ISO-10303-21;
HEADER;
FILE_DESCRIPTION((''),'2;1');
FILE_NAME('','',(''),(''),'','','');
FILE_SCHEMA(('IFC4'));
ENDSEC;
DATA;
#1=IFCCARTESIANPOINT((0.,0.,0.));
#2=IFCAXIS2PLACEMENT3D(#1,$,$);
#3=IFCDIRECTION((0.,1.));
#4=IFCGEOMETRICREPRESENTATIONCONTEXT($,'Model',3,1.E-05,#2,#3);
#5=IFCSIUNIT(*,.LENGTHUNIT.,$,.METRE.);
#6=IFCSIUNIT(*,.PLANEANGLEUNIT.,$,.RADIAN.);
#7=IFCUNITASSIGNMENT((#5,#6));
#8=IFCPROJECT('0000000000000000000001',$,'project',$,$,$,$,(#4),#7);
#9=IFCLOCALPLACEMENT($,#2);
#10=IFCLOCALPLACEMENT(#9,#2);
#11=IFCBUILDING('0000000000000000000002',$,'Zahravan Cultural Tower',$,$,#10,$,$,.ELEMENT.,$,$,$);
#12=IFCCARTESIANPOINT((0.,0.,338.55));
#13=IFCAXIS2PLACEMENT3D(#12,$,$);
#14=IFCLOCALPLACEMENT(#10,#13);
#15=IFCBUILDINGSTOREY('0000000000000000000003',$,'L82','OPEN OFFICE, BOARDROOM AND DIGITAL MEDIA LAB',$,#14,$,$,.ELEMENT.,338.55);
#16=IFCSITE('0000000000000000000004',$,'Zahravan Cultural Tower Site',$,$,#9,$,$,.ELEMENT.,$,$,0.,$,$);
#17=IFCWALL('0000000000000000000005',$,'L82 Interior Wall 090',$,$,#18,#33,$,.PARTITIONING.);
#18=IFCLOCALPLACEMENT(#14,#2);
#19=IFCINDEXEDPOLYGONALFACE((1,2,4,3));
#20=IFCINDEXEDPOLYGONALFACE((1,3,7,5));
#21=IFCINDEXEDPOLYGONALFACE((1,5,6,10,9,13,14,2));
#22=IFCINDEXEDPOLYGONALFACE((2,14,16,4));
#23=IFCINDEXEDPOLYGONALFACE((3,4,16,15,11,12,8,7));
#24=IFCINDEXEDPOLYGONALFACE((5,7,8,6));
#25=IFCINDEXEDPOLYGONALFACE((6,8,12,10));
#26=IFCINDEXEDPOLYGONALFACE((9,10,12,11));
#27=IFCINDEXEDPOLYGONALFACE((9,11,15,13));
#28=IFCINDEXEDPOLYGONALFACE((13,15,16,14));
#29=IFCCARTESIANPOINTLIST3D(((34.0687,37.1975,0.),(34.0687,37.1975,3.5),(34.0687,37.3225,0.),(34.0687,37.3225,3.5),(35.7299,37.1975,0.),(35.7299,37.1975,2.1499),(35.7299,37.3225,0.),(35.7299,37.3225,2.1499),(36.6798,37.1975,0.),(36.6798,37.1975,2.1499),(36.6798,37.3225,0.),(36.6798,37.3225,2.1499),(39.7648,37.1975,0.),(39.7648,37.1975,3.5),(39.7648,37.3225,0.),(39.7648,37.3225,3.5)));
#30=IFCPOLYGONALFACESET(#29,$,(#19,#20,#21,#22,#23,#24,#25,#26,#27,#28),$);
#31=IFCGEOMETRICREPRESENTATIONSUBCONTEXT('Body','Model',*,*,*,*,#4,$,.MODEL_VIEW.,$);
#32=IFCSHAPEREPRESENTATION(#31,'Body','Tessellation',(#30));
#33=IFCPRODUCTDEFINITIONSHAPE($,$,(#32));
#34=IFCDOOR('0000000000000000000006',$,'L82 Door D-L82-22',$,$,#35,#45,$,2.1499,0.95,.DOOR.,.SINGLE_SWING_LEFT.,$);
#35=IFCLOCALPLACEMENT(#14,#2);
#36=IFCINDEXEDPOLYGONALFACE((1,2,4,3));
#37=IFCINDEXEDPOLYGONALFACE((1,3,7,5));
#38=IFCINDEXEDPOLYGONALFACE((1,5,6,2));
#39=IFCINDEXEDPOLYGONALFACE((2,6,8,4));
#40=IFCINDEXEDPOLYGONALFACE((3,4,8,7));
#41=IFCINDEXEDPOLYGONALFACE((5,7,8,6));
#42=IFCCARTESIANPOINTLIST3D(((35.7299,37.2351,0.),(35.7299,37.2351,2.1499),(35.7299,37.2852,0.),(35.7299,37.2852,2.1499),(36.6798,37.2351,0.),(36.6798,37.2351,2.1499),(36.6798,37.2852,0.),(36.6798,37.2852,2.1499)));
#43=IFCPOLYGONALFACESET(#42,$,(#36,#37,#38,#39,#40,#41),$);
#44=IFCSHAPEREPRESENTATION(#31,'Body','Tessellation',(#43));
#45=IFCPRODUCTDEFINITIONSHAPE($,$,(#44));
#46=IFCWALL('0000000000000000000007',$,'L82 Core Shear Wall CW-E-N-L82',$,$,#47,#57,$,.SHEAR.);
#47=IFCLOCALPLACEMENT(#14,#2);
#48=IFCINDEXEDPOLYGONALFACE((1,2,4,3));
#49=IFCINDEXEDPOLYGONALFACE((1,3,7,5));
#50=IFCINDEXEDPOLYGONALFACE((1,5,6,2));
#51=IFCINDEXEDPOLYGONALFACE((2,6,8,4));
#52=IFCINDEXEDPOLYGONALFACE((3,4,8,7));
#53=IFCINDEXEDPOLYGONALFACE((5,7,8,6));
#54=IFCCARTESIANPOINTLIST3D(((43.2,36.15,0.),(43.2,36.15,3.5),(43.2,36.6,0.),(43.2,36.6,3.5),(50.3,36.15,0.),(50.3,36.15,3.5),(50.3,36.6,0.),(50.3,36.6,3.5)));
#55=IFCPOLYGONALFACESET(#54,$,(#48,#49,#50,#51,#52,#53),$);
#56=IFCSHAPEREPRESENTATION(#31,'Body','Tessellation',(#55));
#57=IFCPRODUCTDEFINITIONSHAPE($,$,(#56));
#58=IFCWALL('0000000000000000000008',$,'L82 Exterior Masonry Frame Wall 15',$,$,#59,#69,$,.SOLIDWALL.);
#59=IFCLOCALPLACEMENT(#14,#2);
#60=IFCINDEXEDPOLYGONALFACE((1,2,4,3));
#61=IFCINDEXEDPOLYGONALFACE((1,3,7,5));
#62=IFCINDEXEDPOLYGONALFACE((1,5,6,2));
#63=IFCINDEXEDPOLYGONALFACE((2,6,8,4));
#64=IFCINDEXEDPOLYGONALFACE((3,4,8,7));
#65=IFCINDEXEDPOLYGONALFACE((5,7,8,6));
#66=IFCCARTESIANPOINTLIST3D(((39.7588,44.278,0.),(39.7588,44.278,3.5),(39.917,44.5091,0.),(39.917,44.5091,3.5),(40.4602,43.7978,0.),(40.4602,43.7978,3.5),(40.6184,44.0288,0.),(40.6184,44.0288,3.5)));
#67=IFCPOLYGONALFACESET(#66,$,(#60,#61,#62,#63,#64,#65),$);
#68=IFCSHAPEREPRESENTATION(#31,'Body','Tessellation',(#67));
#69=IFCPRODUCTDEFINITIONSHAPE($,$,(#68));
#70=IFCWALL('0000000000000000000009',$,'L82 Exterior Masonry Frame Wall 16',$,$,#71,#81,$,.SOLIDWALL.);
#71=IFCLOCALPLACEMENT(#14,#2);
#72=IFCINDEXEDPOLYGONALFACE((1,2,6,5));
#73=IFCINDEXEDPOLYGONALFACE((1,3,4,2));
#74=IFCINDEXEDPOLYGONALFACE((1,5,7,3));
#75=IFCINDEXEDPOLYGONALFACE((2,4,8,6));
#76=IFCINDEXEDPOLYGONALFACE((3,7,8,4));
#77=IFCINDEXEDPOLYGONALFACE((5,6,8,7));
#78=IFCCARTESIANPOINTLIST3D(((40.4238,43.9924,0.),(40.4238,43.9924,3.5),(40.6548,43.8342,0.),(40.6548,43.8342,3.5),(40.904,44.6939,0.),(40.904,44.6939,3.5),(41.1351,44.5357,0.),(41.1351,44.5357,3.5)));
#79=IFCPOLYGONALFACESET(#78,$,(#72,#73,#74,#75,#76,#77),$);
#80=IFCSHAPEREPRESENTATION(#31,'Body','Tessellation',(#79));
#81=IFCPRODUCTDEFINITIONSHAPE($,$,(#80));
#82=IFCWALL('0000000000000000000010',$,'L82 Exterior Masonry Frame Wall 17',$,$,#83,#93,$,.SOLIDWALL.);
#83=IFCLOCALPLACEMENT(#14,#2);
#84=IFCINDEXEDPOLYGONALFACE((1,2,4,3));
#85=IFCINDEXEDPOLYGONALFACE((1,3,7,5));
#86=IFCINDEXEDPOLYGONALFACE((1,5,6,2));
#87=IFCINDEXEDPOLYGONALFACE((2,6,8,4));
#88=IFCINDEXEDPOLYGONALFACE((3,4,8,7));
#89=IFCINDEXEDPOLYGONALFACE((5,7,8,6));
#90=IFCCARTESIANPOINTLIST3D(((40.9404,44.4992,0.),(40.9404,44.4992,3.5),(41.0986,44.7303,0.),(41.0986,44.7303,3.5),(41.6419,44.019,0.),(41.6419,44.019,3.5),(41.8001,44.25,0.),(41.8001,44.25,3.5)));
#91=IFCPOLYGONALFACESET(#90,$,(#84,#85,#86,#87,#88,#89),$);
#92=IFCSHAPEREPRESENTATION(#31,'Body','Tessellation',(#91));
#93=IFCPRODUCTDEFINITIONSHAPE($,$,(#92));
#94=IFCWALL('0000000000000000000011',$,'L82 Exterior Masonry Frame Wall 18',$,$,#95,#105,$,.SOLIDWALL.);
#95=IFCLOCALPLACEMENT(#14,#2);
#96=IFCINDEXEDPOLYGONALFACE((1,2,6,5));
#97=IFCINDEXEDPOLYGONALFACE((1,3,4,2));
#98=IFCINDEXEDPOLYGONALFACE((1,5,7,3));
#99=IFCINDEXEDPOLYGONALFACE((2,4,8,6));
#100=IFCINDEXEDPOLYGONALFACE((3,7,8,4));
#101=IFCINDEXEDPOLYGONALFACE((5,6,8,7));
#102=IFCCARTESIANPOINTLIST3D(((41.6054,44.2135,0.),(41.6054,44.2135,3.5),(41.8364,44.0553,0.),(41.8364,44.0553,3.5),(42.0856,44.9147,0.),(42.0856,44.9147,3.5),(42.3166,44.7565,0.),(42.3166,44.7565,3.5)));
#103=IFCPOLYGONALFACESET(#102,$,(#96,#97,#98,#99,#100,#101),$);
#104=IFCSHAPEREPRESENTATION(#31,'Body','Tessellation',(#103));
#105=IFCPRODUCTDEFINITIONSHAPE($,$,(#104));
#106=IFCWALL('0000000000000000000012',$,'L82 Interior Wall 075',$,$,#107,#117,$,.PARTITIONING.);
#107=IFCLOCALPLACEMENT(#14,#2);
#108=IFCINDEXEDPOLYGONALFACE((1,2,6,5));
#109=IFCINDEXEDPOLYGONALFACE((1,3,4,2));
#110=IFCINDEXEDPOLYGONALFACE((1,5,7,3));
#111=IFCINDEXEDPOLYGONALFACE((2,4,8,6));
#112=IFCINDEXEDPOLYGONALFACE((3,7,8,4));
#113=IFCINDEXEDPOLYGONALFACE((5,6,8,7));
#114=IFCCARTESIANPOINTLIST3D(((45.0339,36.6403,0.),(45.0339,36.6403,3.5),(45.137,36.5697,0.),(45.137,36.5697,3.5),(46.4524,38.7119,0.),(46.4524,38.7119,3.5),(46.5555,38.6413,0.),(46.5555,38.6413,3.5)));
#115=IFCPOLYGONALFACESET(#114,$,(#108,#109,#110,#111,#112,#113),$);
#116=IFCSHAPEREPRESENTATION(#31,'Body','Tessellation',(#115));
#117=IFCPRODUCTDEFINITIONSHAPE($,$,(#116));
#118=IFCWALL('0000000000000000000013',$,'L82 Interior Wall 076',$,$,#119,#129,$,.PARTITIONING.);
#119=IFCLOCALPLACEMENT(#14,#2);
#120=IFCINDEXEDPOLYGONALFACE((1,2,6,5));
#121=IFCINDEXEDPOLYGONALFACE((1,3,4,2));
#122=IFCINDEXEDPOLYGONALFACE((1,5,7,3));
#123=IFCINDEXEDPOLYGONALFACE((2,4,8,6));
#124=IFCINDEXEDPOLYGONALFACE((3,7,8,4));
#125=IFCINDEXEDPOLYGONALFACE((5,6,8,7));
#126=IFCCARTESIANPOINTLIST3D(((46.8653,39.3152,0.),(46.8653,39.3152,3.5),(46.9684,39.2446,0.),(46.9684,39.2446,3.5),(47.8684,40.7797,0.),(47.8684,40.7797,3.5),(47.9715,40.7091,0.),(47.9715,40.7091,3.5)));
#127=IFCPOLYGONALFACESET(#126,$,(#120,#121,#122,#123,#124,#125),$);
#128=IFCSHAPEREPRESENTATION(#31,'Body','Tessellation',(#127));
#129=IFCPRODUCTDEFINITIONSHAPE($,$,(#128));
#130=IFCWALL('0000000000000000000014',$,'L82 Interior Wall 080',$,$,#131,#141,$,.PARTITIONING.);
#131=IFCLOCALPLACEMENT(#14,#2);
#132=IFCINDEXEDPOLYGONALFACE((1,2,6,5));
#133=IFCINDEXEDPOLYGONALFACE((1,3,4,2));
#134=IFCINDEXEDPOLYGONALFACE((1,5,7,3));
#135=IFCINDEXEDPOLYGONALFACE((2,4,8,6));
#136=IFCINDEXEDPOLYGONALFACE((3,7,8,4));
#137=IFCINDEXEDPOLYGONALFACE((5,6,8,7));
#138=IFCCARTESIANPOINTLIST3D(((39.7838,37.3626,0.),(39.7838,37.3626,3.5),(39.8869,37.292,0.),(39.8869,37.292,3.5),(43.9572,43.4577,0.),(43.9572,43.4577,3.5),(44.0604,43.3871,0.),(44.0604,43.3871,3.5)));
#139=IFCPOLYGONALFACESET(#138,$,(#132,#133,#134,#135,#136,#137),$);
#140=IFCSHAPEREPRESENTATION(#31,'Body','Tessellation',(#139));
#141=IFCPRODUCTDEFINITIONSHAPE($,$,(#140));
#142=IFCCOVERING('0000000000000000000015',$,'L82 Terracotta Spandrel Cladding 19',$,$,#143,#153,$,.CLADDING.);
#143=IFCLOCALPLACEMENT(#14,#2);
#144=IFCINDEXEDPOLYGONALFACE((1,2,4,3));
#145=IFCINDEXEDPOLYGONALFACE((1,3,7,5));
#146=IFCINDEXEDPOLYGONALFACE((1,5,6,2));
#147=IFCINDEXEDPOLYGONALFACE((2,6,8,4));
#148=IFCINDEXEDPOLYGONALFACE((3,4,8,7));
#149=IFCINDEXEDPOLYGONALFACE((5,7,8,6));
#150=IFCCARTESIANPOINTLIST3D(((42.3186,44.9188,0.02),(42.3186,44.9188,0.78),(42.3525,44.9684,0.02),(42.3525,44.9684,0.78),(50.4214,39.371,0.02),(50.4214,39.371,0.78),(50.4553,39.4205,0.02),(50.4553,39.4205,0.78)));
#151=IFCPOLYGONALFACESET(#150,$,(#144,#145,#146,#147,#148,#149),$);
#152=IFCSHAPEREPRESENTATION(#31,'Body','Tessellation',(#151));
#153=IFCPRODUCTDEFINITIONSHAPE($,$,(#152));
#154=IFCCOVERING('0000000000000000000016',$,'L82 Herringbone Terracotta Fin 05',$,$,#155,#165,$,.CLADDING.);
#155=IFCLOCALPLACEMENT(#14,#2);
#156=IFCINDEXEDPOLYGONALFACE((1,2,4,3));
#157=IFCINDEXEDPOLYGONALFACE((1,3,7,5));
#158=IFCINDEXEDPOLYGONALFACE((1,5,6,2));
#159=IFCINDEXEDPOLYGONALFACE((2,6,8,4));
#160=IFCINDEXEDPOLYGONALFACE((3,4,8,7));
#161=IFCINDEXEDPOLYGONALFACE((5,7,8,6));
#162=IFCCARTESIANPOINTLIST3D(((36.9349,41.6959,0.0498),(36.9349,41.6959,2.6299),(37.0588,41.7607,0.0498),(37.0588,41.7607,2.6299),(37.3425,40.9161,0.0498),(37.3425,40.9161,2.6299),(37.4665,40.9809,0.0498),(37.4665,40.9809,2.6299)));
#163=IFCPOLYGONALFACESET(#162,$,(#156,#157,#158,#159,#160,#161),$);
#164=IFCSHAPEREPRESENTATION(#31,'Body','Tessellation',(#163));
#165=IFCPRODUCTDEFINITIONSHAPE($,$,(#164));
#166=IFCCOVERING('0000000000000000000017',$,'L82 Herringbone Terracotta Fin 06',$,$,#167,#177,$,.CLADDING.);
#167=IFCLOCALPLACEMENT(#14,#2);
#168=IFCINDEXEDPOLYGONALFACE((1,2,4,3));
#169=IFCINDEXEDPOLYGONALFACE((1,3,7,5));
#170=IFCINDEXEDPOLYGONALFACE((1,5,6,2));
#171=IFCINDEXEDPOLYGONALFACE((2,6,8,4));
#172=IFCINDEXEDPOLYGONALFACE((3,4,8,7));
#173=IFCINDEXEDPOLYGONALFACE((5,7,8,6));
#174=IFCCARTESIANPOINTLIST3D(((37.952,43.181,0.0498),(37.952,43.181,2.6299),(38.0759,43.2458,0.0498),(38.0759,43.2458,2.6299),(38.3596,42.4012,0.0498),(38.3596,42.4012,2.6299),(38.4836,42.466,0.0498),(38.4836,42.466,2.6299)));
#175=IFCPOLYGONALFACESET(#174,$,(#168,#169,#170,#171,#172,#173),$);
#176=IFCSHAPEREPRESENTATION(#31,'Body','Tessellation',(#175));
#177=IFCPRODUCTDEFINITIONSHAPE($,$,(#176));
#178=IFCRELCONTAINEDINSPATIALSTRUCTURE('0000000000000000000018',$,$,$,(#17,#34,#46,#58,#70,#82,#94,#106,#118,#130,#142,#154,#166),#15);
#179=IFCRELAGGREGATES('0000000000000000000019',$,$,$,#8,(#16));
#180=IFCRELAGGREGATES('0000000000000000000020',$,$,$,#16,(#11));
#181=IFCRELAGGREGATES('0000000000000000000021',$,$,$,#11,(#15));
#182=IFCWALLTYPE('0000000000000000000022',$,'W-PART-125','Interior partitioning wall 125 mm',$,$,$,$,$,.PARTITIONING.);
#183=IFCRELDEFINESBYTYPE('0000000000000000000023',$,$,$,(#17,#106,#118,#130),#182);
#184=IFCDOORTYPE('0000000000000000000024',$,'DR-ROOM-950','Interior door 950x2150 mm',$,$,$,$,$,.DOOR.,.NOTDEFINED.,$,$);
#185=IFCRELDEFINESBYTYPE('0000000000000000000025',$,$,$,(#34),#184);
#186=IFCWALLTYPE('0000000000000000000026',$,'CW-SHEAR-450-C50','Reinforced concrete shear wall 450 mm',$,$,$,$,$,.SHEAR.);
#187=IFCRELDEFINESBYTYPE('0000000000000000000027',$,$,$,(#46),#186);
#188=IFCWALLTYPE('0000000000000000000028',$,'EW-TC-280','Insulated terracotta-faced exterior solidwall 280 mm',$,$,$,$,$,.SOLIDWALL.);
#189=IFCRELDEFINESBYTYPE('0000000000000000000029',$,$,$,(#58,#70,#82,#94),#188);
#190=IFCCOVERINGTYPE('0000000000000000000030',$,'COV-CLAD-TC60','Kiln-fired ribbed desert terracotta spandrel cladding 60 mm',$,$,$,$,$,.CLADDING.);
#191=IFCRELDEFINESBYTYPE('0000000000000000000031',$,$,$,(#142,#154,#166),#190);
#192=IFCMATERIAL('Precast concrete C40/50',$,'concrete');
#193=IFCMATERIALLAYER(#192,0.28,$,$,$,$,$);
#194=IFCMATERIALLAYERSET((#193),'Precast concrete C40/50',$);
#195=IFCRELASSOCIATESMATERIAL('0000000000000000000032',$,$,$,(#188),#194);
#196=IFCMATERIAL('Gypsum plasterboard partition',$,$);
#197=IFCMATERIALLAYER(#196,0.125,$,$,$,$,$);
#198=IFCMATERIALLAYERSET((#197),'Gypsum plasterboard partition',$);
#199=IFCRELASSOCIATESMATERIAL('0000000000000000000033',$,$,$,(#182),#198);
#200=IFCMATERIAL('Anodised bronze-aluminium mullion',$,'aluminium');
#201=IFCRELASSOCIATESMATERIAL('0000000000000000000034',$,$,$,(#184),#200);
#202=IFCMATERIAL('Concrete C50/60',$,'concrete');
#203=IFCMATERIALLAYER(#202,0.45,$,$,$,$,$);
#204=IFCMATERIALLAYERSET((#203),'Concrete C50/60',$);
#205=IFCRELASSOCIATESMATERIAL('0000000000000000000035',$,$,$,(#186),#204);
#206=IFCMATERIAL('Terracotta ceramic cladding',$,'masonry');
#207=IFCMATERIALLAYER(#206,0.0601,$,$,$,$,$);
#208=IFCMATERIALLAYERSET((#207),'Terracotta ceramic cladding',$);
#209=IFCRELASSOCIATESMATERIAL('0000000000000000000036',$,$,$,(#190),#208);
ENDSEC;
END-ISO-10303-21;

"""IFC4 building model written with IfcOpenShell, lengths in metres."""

from ifc_helpers import new_model, si_unit, direction, frame, frame_2d, origin, origin_2d, place, context, subcontext, project, spatial, rectangle, extrude, source, transform, mapped, material, layer, layer_set, type_object, element, fill, save


model = new_model("IFC4")

# Units and contexts
model_context = context("Model", 3, precision=1e-05, world=origin(), true_north=direction((0.0, 1.0)))
body_context = subcontext(model_context, "Body", "Model", "MODEL_VIEW")
ifc_project = project(units=[si_unit("LENGTHUNIT", "METRE"), si_unit("PLANEANGLEUNIT", "RADIAN")], contexts=[model_context])

# Site, building, storey
site_placement = place(None, origin())
site = spatial("IfcSite", under=ifc_project, at=site_placement, Name="Zahravan Cultural Tower Site", CompositionType="ELEMENT", RefElevation=0.0)
building_placement = place(site_placement, origin())
building = spatial("IfcBuilding", under=site, at=building_placement, Name="Zahravan Cultural Tower", CompositionType="ELEMENT")
storey_placement = place(building_placement, frame((0.0, 0.0, 338.55)))
storey = spatial("IfcBuildingStorey", under=building, at=storey_placement, Name="L82", Description="OPEN OFFICE, BOARDROOM AND DIGITAL MEDIA LAB", CompositionType="ELEMENT", Elevation=338.55)

# Shared definitions
ifc_material_1 = material(Name="Precast concrete C40/50", Category="concrete")
ifc_layer_1 = layer(ifc_material_1, 0.28)
ifc_layer_set_1 = layer_set([ifc_layer_1], Name="Precast concrete C40/50")
wall_type_1 = type_object("IfcWallType", Name="EW-TC-280", Description="Insulated terracotta-faced exterior solidwall 280 mm", PredefinedType="SOLIDWALL", material=ifc_layer_set_1)

# Wall, opening, door
ifc_material_2 = material(Name="Gypsum plasterboard partition")
ifc_layer_2 = layer(ifc_material_2, 0.125)
ifc_layer_set_2 = layer_set([ifc_layer_2], Name="Gypsum plasterboard partition")
wall_type_2 = type_object("IfcWallType", Name="W-PART-125", Description="Interior partitioning wall 125 mm", PredefinedType="PARTITIONING", material=ifc_layer_set_2)
ifc_material_3 = material(Name="Anodised bronze-aluminium mullion", Category="aluminium")
door_type = type_object("IfcDoorType", Name="DR-ROOM-950", Description="Interior door 950x2150 mm", OperationType="NOTDEFINED", PredefinedType="DOOR", material=ifc_material_3)
shared_shape_1 = source(origin(), body_context, "Body", "SweptSolid", [
    extrude(rectangle(XDim=0.95, YDim=2.1499, at=frame_2d((0.4751, 1.075))), frame((0.0, 0.0249, 0.0), z_axis=(0.0, -1.0, 0.0), x_axis=(1.0, 0.0, 0.0)), (0.0, 0.0, 1.0), 0.05),
])
wall_1_placement = place(storey_placement, frame((39.7649, 37.26, 0.0), z_axis=(0.0, 0.0, 1.0), x_axis=(-1.0, 0.0, 0.0)))
wall_1 = element("IfcWall", 1, at=wall_1_placement, inside=storey, type_object=wall_type_2, Name="L82 Interior Wall 090", PredefinedType="PARTITIONING", context=body_context, shape_type="SweptSolid", body=[
    extrude(rectangle(XDim=5.696, YDim=0.125, at=frame_2d((2.8481, 0.0))), origin(), (0.0, 0.0, 1.0), 3.5),
])
opening_1_placement = place(wall_1_placement, frame((3.085, 0.0, 0.0)))
opening_1 = element("IfcOpeningElement", 2, at=opening_1_placement, cuts=wall_1, PredefinedType="OPENING", context=body_context, shape_type="SweptSolid", body=[
    extrude(rectangle(XDim=0.95, YDim=2.1499, at=frame_2d((0.4751, 1.075))), frame((0.0, 0.0725, 0.0), z_axis=(0.0, -1.0, 0.0), x_axis=(1.0, 0.0, 0.0)), (0.0, 0.0, 1.0), 0.145),
])
door_1_placement = place(opening_1_placement, origin())
door_1 = element("IfcDoor", 3, at=door_1_placement, inside=storey, type_object=door_type, Name="L82 Door D-L82-22", OperationType="SINGLE_SWING_LEFT", OverallHeight=2.1499, OverallWidth=0.95, PredefinedType="DOOR", context=body_context, shape_type="MappedRepresentation", body=[
    mapped(shared_shape_1, transform((0.0, 0.0, 0.0), x_axis=(1.0, 0.0, 0.0), y_axis=(0.0, 1.0, 0.0), z_axis=(0.0, 0.0, 1.0), scale=1.0)),
])
fill(opening_1, door_1)

# Walls
ifc_material_4 = material(Name="Concrete C50/60", Category="concrete")
ifc_layer_3 = layer(ifc_material_4, 0.45)
ifc_layer_set_3 = layer_set([ifc_layer_3], Name="Concrete C50/60")
wall_type_3 = type_object("IfcWallType", Name="CW-SHEAR-450-C50", Description="Reinforced concrete shear wall 450 mm", PredefinedType="SHEAR", material=ifc_layer_set_3)
shared_shape_2 = source(origin(), body_context, "Body", "SweptSolid", [
    extrude(rectangle(XDim=7.1001, YDim=0.45, at=frame_2d((3.55, 0.0))), origin(), (0.0, 0.0, 1.0), 3.5),
])
wall_2_placement = place(storey_placement, frame((43.2, 36.375, 0.0), z_axis=(0.0, 0.0, 1.0), x_axis=(1.0, 0.0, 0.0)))
element("IfcWall", 4, at=wall_2_placement, inside=storey, type_object=wall_type_3, Name="L82 Core Shear Wall CW-E-N-L82", PredefinedType="SHEAR", context=body_context, shape_type="MappedRepresentation", body=[
    mapped(shared_shape_2, transform((0.0, 0.0, 0.0), x_axis=(1.0, 0.0, 0.0), y_axis=(0.0, 1.0, 0.0), z_axis=(0.0, 0.0, 1.0), scale=1.0)),
])
shared_shape_3 = source(origin(), body_context, "Body", "SweptSolid", [
    extrude(rectangle(XDim=0.8501, YDim=0.28, at=frame_2d((0.425, 0.0))), origin(), (0.0, 0.0, 1.0), 3.5),
])
for number, where, z_axis, x_axis, name in (
    (5, (39.8379, 44.3936, 0.0), (0.0, 0.0, 1.0), (0.825138, -0.564931, 0.0), "L82 Exterior Masonry Frame Wall 15"),
    (6, (40.5393, 43.9133, 0.0), (0.0, 0.0, 1.0), (0.564931, 0.825138, 0.0), "L82 Exterior Masonry Frame Wall 16"),
    (7, (41.0195, 44.6147, 0.0), (0.0, 0.0, 1.0), (0.825138, -0.564931, 0.0), "L82 Exterior Masonry Frame Wall 17"),
):
    element("IfcWall", number, at=place(storey_placement, frame(where, z_axis=z_axis, x_axis=x_axis)), inside=storey, type_object=wall_type_1, Name=name, PredefinedType="SOLIDWALL", context=body_context, shape_type="MappedRepresentation", body=[
        mapped(shared_shape_3, transform((0.0, 0.0, 0.0), x_axis=(1.0, 0.0, 0.0), y_axis=(0.0, 1.0, 0.0), z_axis=(0.0, 0.0, 1.0), scale=1.0)),
    ])
shared_shape_4 = source(origin(), body_context, "Body", "SweptSolid", [
    extrude(rectangle(XDim=0.8499, YDim=0.28, at=frame_2d((0.4248, 0.0))), origin(), (0.0, 0.0, 1.0), 3.5),
])
wall_3_placement = place(storey_placement, frame((41.7209, 44.1345, 0.0), z_axis=(0.0, 0.0, 1.0), x_axis=(0.565065, 0.825046, 0.0)))
element("IfcWall", 8, at=wall_3_placement, inside=storey, type_object=wall_type_1, Name="L82 Exterior Masonry Frame Wall 18", PredefinedType="SOLIDWALL", context=body_context, shape_type="MappedRepresentation", body=[
    mapped(shared_shape_4, transform((0.0, 0.0, 0.0), x_axis=(1.0, 0.0, 0.0), y_axis=(0.0, 1.0, 0.0), z_axis=(0.0, 0.0, 1.0), scale=1.0)),
])
shared_shape_5 = source(origin(), body_context, "Body", "SweptSolid", [
    extrude(rectangle(XDim=2.5107, YDim=0.125, at=frame_2d((1.2554, 0.0))), origin(), (0.0, 0.0, 1.0), 3.5),
])
wall_4_placement = place(storey_placement, frame((45.0854, 36.605, 0.0), z_axis=(0.0, 0.0, 1.0), x_axis=(0.56498, 0.825104, 0.0)))
element("IfcWall", 9, at=wall_4_placement, inside=storey, type_object=wall_type_2, Name="L82 Interior Wall 075", PredefinedType="PARTITIONING", context=body_context, shape_type="MappedRepresentation", body=[
    mapped(shared_shape_5, transform((0.0, 0.0, 0.0), x_axis=(1.0, 0.0, 0.0), y_axis=(0.0, 1.0, 0.0), z_axis=(0.0, 0.0, 1.0), scale=1.0)),
])
shared_shape_6 = source(origin(), body_context, "Body", "SweptSolid", [
    extrude(rectangle(XDim=1.7751, YDim=0.125, at=frame_2d((0.8877, 0.0))), origin(), (0.0, 0.0, 1.0), 3.5),
])
wall_5_placement = place(storey_placement, frame((46.9167, 39.2798, 0.0), z_axis=(0.0, 0.0, 1.0), x_axis=(0.565098, 0.825024, 0.0)))
element("IfcWall", 10, at=wall_5_placement, inside=storey, type_object=wall_type_2, Name="L82 Interior Wall 076", PredefinedType="PARTITIONING", context=body_context, shape_type="MappedRepresentation", body=[
    mapped(shared_shape_6, transform((0.0, 0.0, 0.0), x_axis=(1.0, 0.0, 0.0), y_axis=(0.0, 1.0, 0.0), z_axis=(0.0, 0.0, 1.0), scale=1.0)),
])
shared_shape_7 = source(origin(), body_context, "Body", "SweptSolid", [
    extrude(rectangle(XDim=7.387, YDim=0.125, at=frame_2d((3.6934, 0.0))), origin(), (0.0, 0.0, 1.0), 3.5),
])
wall_6_placement = place(storey_placement, frame((39.8354, 37.3274, 0.0), z_axis=(0.0, 0.0, 1.0), x_axis=(0.564969, 0.825112, 0.0)))
element("IfcWall", 11, at=wall_6_placement, inside=storey, type_object=wall_type_2, Name="L82 Interior Wall 080", PredefinedType="PARTITIONING", context=body_context, shape_type="MappedRepresentation", body=[
    mapped(shared_shape_7, transform((0.0, 0.0, 0.0), x_axis=(1.0, 0.0, 0.0), y_axis=(0.0, 1.0, 0.0), z_axis=(0.0, 0.0, 1.0), scale=1.0)),
])

# Coverings
ifc_material_5 = material(Name="Terracotta ceramic cladding", Category="masonry")
ifc_layer_4 = layer(ifc_material_5, 0.0601)
ifc_layer_set_4 = layer_set([ifc_layer_4], Name="Terracotta ceramic cladding")
covering_type = type_object("IfcCoveringType", Name="COV-CLAD-TC60", Description="Kiln-fired ribbed desert terracotta spandrel cladding 60 mm", PredefinedType="CLADDING", material=ifc_layer_set_4)
shared_shape_8 = source(origin(), body_context, "Body", "SweptSolid", [
    extrude(rectangle(XDim=9.8201, YDim=0.0601, at=origin_2d()), origin(), (0.0, 0.0, 1.0), 0.76),
])
covering_1_placement = place(storey_placement, frame((46.387, 42.1697, 0.02), z_axis=(0.0, 0.0, 1.0), x_axis=(0.825123, -0.564953, 0.0)))
element("IfcCovering", 12, at=covering_1_placement, inside=storey, type_object=covering_type, Name="L82 Terracotta Spandrel Cladding 19", PredefinedType="CLADDING", context=body_context, shape_type="MappedRepresentation", body=[
    mapped(shared_shape_8, transform((0.0, 0.0, 0.0), x_axis=(1.0, 0.0, 0.0), y_axis=(0.0, 1.0, 0.0), z_axis=(0.0, 0.0, 1.0), scale=1.0)),
])
shared_shape_9 = source(origin(), body_context, "Body", "SweptSolid", [
    extrude(rectangle(XDim=0.8799, YDim=0.1399, at=origin_2d()), origin(), (0.0, 0.0, 1.0), 2.5801),
])
for number, where, z_axis, x_axis, name in (
    (13, (37.2007, 41.3384, 0.0498), (0.0, 0.0, 1.0), (-0.463296, 0.886204, 0.0), "L82 Herringbone Terracotta Fin 05"),
    (14, (38.2178, 42.8235, 0.0498), (0.0, 0.0, 1.0), (-0.463296, 0.886204, 0.0), "L82 Herringbone Terracotta Fin 06"),
):
    element("IfcCovering", number, at=place(storey_placement, frame(where, z_axis=z_axis, x_axis=x_axis)), inside=storey, type_object=covering_type, Name=name, PredefinedType="CLADDING", context=body_context, shape_type="MappedRepresentation", body=[
        mapped(shared_shape_9, transform((0.0, 0.0, 0.0), x_axis=(1.0, 0.0, 0.0), y_axis=(0.0, 1.0, 0.0), z_axis=(0.0, 0.0, 1.0), scale=1.0)),
    ])

save(model, "model.ifc")
